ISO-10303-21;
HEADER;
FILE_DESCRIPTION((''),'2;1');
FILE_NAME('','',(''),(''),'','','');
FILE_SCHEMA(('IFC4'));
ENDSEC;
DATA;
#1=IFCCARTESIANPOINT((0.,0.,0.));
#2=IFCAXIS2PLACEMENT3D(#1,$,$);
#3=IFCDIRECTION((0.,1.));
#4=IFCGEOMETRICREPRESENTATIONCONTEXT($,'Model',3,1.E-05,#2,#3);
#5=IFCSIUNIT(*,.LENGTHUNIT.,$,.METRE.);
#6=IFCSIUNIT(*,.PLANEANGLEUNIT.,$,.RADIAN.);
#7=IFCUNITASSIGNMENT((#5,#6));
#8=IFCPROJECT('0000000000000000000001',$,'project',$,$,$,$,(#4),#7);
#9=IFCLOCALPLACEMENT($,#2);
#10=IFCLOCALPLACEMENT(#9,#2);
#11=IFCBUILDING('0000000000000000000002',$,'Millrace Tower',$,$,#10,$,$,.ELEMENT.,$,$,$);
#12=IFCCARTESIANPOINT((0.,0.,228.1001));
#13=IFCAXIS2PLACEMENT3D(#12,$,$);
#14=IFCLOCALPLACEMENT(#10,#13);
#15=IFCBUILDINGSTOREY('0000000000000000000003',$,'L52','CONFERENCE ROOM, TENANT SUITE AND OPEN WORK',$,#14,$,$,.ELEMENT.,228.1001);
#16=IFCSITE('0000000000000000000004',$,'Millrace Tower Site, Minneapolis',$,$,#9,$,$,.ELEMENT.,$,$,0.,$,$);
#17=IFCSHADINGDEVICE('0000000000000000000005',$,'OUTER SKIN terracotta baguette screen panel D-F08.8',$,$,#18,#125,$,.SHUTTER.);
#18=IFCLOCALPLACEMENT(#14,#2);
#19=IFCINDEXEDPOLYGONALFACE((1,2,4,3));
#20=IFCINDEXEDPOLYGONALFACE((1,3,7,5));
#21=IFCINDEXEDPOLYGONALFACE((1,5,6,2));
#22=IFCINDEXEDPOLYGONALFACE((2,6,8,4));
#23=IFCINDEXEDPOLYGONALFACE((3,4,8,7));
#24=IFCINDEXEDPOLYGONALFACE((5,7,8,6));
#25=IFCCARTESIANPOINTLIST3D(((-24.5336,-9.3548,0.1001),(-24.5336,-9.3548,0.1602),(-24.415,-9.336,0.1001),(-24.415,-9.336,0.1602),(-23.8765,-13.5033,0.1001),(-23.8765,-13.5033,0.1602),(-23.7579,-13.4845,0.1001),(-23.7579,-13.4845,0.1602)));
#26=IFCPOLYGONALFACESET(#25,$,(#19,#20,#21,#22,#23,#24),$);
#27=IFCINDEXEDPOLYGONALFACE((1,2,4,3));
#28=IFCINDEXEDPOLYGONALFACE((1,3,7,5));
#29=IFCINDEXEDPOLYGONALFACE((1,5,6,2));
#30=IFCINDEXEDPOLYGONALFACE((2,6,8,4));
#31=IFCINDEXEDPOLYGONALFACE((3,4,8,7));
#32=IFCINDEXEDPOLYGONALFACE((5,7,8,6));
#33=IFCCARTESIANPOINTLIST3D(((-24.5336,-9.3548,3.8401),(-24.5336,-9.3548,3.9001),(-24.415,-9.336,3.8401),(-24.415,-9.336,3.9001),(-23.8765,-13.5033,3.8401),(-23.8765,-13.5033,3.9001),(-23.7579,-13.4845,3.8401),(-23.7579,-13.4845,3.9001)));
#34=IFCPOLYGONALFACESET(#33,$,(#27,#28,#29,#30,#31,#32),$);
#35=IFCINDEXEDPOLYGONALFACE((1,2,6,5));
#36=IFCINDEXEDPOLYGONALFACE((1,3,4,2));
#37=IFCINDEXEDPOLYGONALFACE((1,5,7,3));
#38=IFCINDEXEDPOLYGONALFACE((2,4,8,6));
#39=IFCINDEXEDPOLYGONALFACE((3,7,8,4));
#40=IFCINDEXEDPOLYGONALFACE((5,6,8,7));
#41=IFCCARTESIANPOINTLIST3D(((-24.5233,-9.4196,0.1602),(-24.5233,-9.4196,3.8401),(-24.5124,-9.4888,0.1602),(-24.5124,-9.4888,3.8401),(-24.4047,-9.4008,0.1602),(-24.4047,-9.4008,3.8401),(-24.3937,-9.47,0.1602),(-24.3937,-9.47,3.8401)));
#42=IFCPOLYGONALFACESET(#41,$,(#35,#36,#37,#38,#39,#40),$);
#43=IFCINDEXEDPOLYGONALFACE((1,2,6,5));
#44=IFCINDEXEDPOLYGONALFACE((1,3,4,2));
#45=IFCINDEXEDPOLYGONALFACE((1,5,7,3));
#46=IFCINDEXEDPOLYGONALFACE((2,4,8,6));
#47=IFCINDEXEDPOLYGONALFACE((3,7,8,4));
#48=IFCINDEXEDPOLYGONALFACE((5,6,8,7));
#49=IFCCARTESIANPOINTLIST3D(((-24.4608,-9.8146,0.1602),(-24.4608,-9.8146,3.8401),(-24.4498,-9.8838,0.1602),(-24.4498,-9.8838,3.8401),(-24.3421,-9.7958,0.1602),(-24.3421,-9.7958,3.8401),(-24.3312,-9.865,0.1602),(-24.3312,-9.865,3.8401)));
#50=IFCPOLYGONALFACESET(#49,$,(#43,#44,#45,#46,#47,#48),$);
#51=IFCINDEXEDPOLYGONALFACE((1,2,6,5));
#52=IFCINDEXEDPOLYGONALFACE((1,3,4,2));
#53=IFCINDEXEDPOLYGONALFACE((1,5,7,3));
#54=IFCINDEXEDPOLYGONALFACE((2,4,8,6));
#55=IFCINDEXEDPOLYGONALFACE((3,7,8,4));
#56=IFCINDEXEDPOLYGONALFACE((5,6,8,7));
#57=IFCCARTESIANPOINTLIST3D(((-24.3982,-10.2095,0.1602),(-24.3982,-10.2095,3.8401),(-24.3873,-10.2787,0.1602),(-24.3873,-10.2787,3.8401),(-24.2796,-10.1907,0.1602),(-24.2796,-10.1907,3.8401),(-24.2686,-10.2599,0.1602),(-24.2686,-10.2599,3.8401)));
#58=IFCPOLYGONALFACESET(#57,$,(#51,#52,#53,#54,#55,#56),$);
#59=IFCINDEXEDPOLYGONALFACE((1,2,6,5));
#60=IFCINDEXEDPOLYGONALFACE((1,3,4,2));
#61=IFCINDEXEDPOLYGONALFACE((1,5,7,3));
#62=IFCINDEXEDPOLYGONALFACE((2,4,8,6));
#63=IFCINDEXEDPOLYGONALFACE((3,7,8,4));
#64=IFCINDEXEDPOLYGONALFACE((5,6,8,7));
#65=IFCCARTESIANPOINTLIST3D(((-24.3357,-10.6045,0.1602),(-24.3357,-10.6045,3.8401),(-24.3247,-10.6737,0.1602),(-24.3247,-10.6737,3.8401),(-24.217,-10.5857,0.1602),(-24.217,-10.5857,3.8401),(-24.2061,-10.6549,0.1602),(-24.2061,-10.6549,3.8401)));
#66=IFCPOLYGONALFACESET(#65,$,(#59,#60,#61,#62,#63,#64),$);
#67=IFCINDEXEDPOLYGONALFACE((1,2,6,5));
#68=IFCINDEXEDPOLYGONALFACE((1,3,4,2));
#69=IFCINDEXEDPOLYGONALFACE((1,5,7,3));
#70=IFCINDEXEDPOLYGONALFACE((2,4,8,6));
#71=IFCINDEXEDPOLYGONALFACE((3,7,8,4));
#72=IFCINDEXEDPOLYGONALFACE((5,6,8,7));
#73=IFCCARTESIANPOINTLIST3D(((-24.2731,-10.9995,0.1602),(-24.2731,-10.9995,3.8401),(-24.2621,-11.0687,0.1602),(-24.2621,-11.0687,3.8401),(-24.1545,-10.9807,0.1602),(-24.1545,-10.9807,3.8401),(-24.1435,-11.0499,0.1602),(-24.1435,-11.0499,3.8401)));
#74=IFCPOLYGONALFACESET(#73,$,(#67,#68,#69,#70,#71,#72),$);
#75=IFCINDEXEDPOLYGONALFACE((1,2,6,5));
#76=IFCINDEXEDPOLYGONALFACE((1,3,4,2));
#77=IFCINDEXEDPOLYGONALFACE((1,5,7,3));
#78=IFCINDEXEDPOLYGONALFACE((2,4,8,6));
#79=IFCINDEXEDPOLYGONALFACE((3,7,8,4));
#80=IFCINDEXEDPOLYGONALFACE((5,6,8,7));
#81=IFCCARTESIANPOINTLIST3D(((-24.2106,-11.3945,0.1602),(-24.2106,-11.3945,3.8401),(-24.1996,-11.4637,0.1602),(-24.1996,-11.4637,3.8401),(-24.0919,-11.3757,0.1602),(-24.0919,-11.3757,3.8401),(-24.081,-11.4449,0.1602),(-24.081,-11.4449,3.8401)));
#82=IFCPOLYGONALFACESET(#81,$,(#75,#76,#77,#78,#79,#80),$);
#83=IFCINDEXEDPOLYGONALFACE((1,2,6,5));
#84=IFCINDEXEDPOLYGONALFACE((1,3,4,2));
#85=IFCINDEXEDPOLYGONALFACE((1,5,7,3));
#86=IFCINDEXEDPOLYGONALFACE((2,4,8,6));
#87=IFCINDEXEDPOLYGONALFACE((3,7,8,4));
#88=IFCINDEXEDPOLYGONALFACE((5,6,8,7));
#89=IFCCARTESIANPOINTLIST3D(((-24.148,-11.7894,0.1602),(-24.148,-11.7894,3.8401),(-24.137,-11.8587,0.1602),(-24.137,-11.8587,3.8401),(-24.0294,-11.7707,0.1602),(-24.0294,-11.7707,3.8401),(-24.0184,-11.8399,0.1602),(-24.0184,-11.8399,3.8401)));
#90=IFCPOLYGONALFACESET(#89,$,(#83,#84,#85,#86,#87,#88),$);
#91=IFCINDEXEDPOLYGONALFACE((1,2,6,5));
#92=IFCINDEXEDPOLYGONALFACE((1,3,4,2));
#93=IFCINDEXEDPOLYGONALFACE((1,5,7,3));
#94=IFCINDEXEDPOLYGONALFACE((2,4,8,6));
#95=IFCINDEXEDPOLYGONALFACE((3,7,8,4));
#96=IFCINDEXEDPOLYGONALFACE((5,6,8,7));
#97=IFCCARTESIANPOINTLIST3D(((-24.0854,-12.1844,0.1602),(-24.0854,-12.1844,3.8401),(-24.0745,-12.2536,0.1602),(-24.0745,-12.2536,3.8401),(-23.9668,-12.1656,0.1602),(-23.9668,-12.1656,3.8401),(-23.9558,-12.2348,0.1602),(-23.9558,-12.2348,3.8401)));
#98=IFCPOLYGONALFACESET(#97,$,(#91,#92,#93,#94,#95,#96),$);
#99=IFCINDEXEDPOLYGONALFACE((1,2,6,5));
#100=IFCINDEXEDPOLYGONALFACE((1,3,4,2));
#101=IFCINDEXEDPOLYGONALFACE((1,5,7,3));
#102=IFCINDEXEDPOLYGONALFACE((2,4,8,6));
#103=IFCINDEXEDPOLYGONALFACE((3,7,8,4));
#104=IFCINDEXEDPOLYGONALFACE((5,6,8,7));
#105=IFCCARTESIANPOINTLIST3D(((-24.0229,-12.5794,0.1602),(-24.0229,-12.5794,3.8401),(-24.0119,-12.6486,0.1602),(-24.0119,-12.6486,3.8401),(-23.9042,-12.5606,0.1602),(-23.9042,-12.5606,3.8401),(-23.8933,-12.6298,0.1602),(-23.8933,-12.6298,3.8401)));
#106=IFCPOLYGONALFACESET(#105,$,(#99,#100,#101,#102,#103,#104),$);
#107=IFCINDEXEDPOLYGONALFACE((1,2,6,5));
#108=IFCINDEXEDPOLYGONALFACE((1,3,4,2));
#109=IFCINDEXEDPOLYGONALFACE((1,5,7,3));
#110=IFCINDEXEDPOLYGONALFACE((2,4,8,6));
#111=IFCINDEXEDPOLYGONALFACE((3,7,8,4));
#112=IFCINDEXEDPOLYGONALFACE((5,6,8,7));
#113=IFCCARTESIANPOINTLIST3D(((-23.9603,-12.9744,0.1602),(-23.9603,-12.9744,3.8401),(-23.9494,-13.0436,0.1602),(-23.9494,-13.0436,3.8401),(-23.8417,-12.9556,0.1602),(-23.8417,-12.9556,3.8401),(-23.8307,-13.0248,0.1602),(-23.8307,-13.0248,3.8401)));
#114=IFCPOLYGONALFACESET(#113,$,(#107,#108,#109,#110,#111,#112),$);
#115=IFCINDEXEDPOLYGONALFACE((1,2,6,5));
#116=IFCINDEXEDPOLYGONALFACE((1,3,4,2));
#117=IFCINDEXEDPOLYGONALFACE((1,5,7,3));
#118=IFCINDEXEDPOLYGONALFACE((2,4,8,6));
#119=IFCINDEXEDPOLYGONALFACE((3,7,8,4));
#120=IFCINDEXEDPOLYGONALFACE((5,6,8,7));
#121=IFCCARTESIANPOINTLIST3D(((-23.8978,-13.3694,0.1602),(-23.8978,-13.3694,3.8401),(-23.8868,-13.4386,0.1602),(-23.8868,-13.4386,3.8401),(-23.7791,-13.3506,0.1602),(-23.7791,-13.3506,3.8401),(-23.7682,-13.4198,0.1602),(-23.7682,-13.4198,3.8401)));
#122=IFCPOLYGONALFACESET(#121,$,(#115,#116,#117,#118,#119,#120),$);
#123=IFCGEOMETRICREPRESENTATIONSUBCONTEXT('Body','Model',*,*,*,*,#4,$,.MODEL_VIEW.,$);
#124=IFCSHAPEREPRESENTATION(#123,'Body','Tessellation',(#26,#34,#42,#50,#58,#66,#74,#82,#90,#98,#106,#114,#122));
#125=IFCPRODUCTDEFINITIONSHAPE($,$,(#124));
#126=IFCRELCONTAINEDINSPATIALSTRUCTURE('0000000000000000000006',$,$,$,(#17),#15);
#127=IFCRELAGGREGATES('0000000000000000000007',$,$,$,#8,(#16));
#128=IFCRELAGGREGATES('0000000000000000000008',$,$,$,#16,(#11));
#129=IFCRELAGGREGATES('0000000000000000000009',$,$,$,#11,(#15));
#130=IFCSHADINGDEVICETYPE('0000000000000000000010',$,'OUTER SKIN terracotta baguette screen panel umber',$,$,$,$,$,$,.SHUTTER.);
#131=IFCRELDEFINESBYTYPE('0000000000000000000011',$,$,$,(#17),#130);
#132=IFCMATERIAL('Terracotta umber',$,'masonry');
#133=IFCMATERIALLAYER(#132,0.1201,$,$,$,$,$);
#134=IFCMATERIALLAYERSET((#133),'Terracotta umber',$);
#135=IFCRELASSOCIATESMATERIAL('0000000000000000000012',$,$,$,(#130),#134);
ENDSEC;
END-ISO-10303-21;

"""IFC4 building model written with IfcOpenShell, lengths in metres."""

from ifc_helpers import new_model, entity, si_unit, direction, frame, frame_2d, origin, origin_2d, place, context, subcontext, project, spatial, rectangle, extrude, source, transform, mapped, material, layer, layer_set, type_object, element, save


model = new_model("IFC4")

# Units and contexts
model_context = context("Model", 3, precision=1e-05, world=origin(), true_north=direction((0.0, 1.0)))
body_context = subcontext(model_context, "Body", "Model", "MODEL_VIEW")
ifc_project = project(units=[si_unit("LENGTHUNIT", "METRE"), si_unit("PLANEANGLEUNIT", "RADIAN")], contexts=[model_context])

# Site, building, storey
site_placement = place(None, origin())
site = spatial("IfcSite", under=ifc_project, at=site_placement, Name="Millrace Tower Site, Minneapolis", CompositionType="ELEMENT", RefElevation=0.0)
building_placement = place(site_placement, origin())
building = spatial("IfcBuilding", under=site, at=building_placement, Name="Millrace Tower", CompositionType="ELEMENT")
storey_placement = place(building_placement, frame((0.0, 0.0, 228.1001)))
storey = spatial("IfcBuildingStorey", under=building, at=storey_placement, Name="L52", Description="CONFERENCE ROOM, TENANT SUITE AND OPEN WORK", CompositionType="ELEMENT", Elevation=228.1001)

# Shading device
ifc_material_1 = material(Name="Terracotta umber", Category="masonry")
ifc_layer_1 = layer(ifc_material_1, 0.1201)
ifc_layer_set_1 = layer_set([ifc_layer_1], Name="Terracotta umber")
shading_device_type = type_object("IfcShadingDeviceType", Name="OUTER SKIN terracotta baguette screen panel umber", PredefinedType="SHUTTER", material=ifc_layer_set_1)
cartesian_point = entity("IfcCartesianPoint", [-2.1001, 0.0601])
shared_polyline = entity("IfcPolyline", [cartesian_point, entity("IfcCartesianPoint", [2.1001, 0.0601]), entity("IfcCartesianPoint", [2.1001, -0.0601]), entity("IfcCartesianPoint", [-2.1001, -0.0601]), cartesian_point])
shared_shape = source(origin(), body_context, "Body", "SweptSolid", [
    entity("IfcExtrudedAreaSolid", entity("IfcArbitraryClosedProfileDef", "AREA", None, shared_polyline), entity("IfcAxis2Placement3D", entity("IfcCartesianPoint", [0.0, 0.0, 0.0])), entity("IfcDirection", [0.0, 0.0, 1.0]), 0.0601),
    entity("IfcExtrudedAreaSolid", entity("IfcArbitraryClosedProfileDef", "AREA", None, shared_polyline), entity("IfcAxis2Placement3D", entity("IfcCartesianPoint", [0.0, 0.0, 3.74])), entity("IfcDirection", [0.0, 0.0, 1.0]), 0.0601),
    extrude(rectangle(XDim=0.0701, YDim=0.1201, at=frame_2d((-1.9995, 0.0))), frame((0.0, 0.0, 0.0601)), (0.0, 0.0, 1.0), 3.6799),
    extrude(rectangle(XDim=0.0701, YDim=0.1201, at=frame_2d((-1.5996, 0.0))), frame((0.0, 0.0, 0.0601)), (0.0, 0.0, 1.0), 3.6799),
    extrude(rectangle(XDim=0.0701, YDim=0.1201, at=frame_2d((-1.1997, 0.0))), frame((0.0, 0.0, 0.0601)), (0.0, 0.0, 1.0), 3.6799),
    extrude(rectangle(XDim=0.0701, YDim=0.1201, at=frame_2d((-0.7998, 0.0))), frame((0.0, 0.0, 0.0601)), (0.0, 0.0, 1.0), 3.6799),
    extrude(rectangle(XDim=0.0701, YDim=0.1201, at=frame_2d((-0.3999, 0.0))), frame((0.0, 0.0, 0.0601)), (0.0, 0.0, 1.0), 3.6799),
    extrude(rectangle(XDim=0.0701, YDim=0.1201, at=origin_2d()), frame((0.0, 0.0, 0.0601)), (0.0, 0.0, 1.0), 3.6799),
    extrude(rectangle(XDim=0.0701, YDim=0.1201, at=frame_2d((0.3999, 0.0))), frame((0.0, 0.0, 0.0601)), (0.0, 0.0, 1.0), 3.6799),
    extrude(rectangle(XDim=0.0701, YDim=0.1201, at=frame_2d((0.7998, 0.0))), frame((0.0, 0.0, 0.0601)), (0.0, 0.0, 1.0), 3.6799),
    extrude(rectangle(XDim=0.0701, YDim=0.1201, at=frame_2d((1.1997, 0.0))), frame((0.0, 0.0, 0.0601)), (0.0, 0.0, 1.0), 3.6799),
    extrude(rectangle(XDim=0.0701, YDim=0.1201, at=frame_2d((1.5996, 0.0))), frame((0.0, 0.0, 0.0601)), (0.0, 0.0, 1.0), 3.6799),
    extrude(rectangle(XDim=0.0701, YDim=0.1201, at=frame_2d((1.9995, 0.0))), frame((0.0, 0.0, 0.0601)), (0.0, 0.0, 1.0), 3.6799),
])
for number, where, z_axis, x_axis, name in (
    (1, (-24.1458, -11.4197, 0.1001), (0.0, 0.0, 1.0), (0.156434, -0.987688, 0.0), "OUTER SKIN terracotta baguette screen panel D-F08.8"),
):
    element("IfcShadingDevice", number, at=place(storey_placement, frame(where, z_axis=z_axis, x_axis=x_axis)), inside=storey, type_object=shading_device_type, Name=name, PredefinedType="SHUTTER", context=body_context, shape_type="MappedRepresentation", body=[
        mapped(shared_shape, transform((0.0, 0.0, 0.0), scale=1.0)),
    ])

save(model, "model.ifc")
